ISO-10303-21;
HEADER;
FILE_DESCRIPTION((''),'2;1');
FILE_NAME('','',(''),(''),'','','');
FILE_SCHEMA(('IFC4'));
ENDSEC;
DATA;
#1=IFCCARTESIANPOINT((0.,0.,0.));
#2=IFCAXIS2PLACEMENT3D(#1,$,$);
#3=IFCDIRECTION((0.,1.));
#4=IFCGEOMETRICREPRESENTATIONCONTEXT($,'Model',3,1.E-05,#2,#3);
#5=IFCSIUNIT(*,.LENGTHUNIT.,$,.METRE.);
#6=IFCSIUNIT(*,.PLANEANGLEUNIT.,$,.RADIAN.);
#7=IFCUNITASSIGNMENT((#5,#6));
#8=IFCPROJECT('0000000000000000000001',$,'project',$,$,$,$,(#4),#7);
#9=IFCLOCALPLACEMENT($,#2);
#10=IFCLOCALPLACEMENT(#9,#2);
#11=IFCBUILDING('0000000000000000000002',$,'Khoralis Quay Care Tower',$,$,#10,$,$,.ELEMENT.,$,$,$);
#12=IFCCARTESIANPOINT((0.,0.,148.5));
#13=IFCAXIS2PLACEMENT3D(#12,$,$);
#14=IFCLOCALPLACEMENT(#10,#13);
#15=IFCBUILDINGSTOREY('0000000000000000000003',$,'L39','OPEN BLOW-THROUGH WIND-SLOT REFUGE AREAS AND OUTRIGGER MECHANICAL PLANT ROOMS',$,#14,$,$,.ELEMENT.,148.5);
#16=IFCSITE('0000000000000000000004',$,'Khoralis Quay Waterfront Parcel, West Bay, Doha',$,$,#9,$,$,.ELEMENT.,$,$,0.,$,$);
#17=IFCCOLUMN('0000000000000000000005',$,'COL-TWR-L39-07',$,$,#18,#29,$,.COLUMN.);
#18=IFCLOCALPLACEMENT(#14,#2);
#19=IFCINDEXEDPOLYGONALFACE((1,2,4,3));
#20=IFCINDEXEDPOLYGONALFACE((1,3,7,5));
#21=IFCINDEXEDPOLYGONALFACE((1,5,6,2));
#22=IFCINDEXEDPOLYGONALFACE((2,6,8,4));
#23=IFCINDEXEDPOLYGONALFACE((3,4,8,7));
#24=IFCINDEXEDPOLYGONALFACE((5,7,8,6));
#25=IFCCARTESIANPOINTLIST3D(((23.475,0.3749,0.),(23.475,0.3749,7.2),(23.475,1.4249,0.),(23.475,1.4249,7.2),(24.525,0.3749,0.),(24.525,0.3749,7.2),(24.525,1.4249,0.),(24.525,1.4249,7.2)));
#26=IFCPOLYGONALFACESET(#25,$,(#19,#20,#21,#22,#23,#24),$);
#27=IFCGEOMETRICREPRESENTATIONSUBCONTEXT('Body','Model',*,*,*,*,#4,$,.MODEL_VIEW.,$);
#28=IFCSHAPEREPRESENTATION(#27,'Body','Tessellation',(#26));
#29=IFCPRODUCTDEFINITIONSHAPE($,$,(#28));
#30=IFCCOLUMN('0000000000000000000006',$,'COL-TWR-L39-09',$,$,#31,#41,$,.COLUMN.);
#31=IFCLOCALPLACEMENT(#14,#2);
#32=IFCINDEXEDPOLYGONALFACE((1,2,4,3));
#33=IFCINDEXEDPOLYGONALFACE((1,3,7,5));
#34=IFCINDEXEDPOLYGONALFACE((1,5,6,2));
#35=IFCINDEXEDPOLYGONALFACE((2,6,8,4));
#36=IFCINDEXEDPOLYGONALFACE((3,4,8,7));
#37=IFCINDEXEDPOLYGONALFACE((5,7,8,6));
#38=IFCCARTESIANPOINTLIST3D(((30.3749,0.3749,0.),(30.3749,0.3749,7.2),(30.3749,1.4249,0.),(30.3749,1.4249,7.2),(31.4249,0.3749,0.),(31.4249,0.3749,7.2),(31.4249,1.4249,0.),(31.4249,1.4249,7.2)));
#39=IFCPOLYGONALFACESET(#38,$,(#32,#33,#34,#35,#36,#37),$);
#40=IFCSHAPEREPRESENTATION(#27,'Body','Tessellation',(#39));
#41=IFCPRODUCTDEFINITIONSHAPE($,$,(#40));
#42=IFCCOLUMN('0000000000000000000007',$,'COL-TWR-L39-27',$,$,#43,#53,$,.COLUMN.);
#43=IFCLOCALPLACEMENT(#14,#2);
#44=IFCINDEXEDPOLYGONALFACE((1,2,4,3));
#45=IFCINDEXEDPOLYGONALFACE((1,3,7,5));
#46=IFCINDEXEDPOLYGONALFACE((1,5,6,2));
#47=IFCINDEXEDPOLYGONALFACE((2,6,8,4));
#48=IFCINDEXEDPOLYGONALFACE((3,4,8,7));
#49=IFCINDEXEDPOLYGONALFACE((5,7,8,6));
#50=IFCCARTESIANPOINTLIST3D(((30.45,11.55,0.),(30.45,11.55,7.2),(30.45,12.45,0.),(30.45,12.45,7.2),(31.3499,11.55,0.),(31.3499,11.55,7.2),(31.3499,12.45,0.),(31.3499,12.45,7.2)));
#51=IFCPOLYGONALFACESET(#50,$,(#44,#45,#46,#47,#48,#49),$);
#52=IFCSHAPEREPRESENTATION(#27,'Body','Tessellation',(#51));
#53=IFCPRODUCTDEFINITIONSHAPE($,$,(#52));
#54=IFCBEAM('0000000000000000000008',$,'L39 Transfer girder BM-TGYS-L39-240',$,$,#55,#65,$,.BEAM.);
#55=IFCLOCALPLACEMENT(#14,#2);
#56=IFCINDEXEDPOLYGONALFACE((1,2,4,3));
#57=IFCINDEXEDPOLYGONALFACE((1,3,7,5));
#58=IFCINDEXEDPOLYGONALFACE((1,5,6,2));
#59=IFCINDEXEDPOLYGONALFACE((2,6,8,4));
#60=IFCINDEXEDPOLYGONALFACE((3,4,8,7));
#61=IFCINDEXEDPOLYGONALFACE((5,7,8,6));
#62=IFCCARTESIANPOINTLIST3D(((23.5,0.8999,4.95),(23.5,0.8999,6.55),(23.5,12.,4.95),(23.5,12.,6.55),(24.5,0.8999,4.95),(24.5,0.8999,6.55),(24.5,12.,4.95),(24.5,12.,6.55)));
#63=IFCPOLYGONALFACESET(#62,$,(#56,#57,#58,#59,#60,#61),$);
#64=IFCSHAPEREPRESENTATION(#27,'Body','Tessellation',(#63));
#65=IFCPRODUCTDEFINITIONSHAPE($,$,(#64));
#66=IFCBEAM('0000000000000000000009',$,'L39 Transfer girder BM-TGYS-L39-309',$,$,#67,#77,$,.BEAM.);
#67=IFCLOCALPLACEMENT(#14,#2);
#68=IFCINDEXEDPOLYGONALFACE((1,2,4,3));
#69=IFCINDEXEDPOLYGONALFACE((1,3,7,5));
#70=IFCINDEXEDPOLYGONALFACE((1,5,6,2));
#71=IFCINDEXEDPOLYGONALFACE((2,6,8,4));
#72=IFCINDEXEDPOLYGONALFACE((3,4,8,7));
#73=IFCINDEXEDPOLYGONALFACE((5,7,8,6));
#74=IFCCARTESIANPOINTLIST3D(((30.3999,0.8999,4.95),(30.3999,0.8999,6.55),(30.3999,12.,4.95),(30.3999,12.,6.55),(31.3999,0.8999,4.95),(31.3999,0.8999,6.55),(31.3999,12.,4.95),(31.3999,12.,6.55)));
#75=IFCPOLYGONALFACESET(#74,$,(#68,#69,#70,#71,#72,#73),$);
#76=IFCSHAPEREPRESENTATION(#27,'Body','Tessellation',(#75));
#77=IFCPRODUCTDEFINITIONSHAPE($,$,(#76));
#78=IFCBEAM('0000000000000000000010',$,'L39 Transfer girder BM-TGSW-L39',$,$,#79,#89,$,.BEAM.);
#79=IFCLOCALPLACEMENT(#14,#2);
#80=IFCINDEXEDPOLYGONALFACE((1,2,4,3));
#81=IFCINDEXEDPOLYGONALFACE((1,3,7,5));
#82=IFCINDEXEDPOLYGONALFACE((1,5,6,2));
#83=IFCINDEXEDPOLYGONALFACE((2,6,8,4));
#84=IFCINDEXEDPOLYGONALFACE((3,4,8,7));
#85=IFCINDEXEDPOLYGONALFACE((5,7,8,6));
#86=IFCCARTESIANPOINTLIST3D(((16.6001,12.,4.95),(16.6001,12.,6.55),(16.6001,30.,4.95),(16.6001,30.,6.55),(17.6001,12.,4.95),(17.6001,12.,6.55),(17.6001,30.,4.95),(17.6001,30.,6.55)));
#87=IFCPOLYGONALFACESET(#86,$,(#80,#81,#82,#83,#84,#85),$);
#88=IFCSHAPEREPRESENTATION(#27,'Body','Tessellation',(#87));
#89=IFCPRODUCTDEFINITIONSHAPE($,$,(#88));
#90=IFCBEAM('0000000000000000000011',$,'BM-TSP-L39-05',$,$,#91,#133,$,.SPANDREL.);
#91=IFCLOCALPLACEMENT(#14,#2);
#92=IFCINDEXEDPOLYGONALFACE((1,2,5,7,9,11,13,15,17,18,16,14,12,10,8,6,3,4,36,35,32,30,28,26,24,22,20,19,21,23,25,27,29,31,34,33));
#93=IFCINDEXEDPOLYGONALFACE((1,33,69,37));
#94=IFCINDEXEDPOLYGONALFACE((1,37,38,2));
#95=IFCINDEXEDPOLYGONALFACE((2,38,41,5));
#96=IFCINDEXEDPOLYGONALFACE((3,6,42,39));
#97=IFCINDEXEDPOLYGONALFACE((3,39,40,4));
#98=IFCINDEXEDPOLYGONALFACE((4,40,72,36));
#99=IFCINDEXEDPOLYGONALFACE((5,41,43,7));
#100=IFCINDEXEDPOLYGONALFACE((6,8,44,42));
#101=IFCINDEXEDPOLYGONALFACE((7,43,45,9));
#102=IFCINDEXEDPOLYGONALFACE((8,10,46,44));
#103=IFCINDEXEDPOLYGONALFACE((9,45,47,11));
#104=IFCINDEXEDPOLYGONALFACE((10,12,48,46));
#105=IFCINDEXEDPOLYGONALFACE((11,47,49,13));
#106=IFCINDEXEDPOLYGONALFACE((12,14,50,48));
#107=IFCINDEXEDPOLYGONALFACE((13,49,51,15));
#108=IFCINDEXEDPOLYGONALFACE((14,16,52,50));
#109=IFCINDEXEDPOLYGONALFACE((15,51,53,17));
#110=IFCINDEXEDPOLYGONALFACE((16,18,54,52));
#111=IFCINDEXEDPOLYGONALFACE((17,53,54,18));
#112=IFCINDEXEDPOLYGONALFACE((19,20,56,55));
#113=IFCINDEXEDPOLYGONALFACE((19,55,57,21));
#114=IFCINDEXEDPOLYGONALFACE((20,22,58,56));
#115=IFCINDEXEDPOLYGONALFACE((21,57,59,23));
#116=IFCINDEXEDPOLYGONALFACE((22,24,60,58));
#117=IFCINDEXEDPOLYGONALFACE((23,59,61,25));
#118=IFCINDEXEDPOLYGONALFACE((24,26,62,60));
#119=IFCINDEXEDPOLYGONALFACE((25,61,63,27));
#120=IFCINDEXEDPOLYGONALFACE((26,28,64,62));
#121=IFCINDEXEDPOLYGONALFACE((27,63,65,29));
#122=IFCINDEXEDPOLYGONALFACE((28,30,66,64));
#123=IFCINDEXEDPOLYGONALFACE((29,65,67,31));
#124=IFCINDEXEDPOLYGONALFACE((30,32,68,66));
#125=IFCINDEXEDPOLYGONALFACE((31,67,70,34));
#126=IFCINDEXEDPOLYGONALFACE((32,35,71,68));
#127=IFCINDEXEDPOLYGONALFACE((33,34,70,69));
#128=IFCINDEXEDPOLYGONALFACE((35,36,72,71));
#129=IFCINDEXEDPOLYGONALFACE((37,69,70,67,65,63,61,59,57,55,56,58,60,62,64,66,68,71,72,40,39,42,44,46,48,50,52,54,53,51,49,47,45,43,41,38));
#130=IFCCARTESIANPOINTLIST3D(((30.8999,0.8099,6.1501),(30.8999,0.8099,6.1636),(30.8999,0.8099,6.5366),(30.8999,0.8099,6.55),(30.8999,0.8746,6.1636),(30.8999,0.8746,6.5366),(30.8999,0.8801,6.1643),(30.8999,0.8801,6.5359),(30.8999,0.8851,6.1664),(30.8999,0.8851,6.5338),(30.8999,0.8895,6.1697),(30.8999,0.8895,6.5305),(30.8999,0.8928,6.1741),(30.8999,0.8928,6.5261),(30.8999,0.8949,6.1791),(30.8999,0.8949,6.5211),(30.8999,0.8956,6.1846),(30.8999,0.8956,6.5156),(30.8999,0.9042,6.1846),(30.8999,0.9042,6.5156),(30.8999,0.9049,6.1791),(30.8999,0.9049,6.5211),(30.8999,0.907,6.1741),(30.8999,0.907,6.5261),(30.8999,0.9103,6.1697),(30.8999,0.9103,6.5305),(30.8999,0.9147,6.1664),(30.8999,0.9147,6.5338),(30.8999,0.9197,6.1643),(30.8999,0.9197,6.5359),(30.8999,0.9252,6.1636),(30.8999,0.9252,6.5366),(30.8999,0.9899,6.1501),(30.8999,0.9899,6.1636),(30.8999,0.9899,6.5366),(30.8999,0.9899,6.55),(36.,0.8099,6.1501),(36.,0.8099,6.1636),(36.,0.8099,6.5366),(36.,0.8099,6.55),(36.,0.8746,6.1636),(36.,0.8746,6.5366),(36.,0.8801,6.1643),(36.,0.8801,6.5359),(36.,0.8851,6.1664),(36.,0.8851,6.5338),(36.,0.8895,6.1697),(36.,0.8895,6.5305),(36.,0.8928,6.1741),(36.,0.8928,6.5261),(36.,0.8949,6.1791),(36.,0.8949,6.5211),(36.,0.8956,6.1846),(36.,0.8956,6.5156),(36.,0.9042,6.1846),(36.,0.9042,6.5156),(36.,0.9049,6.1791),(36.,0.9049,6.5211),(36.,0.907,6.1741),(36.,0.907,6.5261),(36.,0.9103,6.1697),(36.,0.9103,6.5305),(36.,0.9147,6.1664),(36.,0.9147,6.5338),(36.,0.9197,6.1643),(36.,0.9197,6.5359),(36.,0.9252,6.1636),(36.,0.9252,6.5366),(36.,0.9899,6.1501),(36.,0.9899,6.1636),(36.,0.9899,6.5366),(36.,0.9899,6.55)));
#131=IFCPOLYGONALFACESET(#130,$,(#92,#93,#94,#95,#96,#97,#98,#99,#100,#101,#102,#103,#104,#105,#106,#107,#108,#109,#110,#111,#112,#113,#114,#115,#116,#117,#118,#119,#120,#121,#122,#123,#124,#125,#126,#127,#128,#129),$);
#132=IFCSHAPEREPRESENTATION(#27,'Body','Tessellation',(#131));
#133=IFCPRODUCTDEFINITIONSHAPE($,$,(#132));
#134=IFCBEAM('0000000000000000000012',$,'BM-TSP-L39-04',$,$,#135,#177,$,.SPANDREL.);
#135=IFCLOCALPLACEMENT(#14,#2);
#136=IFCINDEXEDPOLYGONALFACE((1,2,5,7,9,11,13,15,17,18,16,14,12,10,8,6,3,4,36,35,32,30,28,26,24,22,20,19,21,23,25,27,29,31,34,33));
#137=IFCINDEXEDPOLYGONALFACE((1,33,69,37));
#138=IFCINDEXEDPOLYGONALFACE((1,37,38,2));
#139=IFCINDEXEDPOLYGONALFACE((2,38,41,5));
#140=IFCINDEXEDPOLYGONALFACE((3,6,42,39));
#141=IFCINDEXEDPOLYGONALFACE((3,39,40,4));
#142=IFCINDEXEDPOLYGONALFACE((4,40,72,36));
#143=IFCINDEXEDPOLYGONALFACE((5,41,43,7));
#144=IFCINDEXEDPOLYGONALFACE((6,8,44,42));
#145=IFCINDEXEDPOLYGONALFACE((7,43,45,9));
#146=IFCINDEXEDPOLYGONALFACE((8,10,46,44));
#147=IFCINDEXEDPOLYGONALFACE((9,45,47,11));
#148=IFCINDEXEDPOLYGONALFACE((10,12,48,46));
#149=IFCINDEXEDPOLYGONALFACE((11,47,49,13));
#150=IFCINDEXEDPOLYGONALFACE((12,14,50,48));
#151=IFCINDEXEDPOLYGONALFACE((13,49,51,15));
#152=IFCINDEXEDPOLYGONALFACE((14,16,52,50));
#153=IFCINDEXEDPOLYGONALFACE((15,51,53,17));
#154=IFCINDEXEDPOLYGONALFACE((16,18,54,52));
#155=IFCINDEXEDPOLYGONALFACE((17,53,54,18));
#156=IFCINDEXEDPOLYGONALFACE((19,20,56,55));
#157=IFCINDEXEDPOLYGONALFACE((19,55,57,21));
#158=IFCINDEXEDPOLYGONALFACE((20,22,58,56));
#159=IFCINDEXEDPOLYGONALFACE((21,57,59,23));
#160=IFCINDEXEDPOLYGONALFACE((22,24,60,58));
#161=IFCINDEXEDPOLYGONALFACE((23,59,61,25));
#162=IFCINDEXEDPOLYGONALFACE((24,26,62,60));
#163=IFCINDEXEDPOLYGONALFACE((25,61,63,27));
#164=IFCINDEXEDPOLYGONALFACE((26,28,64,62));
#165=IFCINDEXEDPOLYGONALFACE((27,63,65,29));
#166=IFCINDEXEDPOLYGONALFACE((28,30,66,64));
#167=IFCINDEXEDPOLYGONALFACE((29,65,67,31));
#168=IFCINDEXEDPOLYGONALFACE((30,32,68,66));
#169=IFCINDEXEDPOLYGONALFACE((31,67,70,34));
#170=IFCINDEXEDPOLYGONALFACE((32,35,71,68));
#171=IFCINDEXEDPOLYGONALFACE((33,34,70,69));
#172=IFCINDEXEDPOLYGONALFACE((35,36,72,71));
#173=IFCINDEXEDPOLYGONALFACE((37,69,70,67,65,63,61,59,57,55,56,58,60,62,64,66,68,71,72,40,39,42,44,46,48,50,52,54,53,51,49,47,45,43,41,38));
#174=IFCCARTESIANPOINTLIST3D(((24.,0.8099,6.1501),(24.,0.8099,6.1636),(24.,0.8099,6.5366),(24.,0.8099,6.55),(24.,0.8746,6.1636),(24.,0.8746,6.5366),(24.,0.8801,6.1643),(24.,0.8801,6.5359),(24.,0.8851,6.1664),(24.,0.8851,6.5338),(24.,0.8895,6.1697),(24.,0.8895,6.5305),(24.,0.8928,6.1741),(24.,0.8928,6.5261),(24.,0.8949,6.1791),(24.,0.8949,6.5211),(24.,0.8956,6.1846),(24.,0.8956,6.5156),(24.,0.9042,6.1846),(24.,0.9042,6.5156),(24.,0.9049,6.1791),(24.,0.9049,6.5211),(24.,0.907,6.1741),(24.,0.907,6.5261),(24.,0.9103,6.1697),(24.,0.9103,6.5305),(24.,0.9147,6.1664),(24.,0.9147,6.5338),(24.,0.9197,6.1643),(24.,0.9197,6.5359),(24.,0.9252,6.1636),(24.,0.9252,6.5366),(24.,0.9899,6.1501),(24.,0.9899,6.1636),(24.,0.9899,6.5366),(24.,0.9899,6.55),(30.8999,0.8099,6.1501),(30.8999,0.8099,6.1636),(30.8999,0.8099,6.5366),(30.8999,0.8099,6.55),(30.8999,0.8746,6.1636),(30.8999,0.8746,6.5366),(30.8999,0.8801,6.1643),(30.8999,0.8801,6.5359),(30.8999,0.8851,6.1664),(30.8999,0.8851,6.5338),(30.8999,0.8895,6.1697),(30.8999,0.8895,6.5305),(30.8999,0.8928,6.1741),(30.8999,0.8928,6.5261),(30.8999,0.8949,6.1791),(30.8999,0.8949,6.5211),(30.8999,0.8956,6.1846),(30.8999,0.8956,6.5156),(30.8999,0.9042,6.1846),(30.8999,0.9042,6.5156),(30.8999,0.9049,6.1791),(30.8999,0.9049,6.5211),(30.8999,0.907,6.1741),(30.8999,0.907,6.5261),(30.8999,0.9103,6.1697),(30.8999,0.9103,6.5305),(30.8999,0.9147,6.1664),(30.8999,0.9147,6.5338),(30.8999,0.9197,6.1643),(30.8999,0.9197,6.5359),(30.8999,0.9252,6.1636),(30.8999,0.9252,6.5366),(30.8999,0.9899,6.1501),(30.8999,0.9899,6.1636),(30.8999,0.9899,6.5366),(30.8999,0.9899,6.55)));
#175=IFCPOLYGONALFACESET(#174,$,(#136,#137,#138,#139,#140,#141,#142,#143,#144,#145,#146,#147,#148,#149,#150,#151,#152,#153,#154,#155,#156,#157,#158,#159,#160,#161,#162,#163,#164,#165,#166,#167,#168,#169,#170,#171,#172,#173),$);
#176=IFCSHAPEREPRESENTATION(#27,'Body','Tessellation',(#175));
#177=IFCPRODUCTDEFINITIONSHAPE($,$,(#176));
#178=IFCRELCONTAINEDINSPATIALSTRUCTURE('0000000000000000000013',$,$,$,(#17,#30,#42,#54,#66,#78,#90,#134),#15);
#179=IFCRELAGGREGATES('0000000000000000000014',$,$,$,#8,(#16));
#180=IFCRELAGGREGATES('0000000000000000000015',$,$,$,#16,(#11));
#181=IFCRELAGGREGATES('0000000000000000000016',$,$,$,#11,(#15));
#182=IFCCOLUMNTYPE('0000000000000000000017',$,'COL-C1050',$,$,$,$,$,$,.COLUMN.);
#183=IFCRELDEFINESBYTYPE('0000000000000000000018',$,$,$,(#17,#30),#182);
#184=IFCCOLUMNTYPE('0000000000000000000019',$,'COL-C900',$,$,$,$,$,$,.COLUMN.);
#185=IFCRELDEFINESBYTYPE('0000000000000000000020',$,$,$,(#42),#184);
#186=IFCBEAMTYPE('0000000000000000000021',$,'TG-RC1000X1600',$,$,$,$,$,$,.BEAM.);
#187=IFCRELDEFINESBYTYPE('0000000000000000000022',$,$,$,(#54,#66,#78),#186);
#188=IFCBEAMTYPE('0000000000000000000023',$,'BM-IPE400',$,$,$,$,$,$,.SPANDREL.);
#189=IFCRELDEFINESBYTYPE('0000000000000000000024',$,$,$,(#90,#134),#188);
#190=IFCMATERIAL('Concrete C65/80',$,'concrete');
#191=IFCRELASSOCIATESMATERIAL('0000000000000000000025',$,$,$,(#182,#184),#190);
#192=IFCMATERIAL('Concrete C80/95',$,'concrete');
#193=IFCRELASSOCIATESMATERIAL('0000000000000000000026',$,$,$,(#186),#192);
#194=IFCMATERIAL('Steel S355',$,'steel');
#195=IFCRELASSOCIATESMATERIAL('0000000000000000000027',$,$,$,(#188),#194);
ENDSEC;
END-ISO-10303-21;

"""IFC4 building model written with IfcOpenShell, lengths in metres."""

from ifc_helpers import new_model, si_unit, direction, frame, origin, origin_2d, place, context, subcontext, project, spatial, rectangle, i_section, extrude, source, transform, mapped, material, material_profile, profile_set, type_object, element, save


model = new_model("IFC4")

# Units and contexts
model_context = context("Model", 3, precision=1e-05, world=origin(), true_north=direction((0.0, 1.0)))
body_context = subcontext(model_context, "Body", "Model", "MODEL_VIEW")
ifc_project = project(units=[si_unit("LENGTHUNIT", "METRE"), si_unit("PLANEANGLEUNIT", "RADIAN")], contexts=[model_context])

# Site, building, storey
site_placement = place(None, origin())
site = spatial("IfcSite", under=ifc_project, at=site_placement, Name="Khoralis Quay Waterfront Parcel, West Bay, Doha", CompositionType="ELEMENT", RefElevation=0.0)
building_placement = place(site_placement, origin())
building = spatial("IfcBuilding", under=site, at=building_placement, Name="Khoralis Quay Care Tower", CompositionType="ELEMENT")
storey_placement = place(building_placement, frame((0.0, 0.0, 148.5)))
storey = spatial("IfcBuildingStorey", under=building, at=storey_placement, Name="L39", Description="OPEN BLOW-THROUGH WIND-SLOT REFUGE AREAS AND OUTRIGGER MECHANICAL PLANT ROOMS", CompositionType="ELEMENT", Elevation=148.5)

# Columns
ifc_material_1 = material(Name="Concrete C65/80", Category="concrete")
ifc_material_profile_1 = material_profile(ifc_material_1, rectangle(XDim=1.05, YDim=1.05, at=origin_2d()), Name="Concrete C65/80")
ifc_profile_set_1 = profile_set([ifc_material_profile_1], Name="Concrete C65/80")
column_type_1 = type_object("IfcColumnType", Name="COL-C1050", PredefinedType="COLUMN", material=ifc_profile_set_1)
shared_shape_1 = source(origin(), body_context, "Body", "SweptSolid", [
    extrude(rectangle(XDim=1.05, YDim=1.05, at=origin_2d()), origin(), (0.0, 0.0, 1.0), 7.2),
])
for number, where, z_axis, x_axis, name in (
    (1, (24.0, 0.8999, 0.0), (0.0, 0.0, 1.0), (1.0, 0.0, 0.0), "COL-TWR-L39-07"),
    (2, (30.8999, 0.8999, 0.0), (0.0, 0.0, 1.0), (1.0, 0.0, 0.0), "COL-TWR-L39-09"),
):
    element("IfcColumn", number, at=place(storey_placement, frame(where, z_axis=z_axis, x_axis=x_axis)), inside=storey, type_object=column_type_1, Name=name, PredefinedType="COLUMN", context=body_context, shape_type="MappedRepresentation", body=[
        mapped(shared_shape_1, transform((0.0, 0.0, 0.0), scale=1.0)),
    ])
ifc_material_profile_2 = material_profile(ifc_material_1, rectangle(XDim=0.8999, YDim=0.8999, at=origin_2d()), Name="Concrete C65/80")
ifc_profile_set_2 = profile_set([ifc_material_profile_2], Name="Concrete C65/80")
column_type_2 = type_object("IfcColumnType", Name="COL-C900", PredefinedType="COLUMN", material=ifc_profile_set_2)
shared_shape_2 = source(origin(), body_context, "Body", "SweptSolid", [
    extrude(rectangle(XDim=0.8999, YDim=0.8999, at=origin_2d()), origin(), (0.0, 0.0, 1.0), 7.2),
])
column_placement = place(storey_placement, frame((30.8999, 12.0, 0.0), z_axis=(0.0, 0.0, 1.0), x_axis=(1.0, 0.0, 0.0)))
element("IfcColumn", 3, at=column_placement, inside=storey, type_object=column_type_2, Name="COL-TWR-L39-27", PredefinedType="COLUMN", context=body_context, shape_type="MappedRepresentation", body=[
    mapped(shared_shape_2, transform((0.0, 0.0, 0.0), scale=1.0)),
])

# Beams
ifc_material_2 = material(Name="Concrete C80/95", Category="concrete")
ifc_material_profile_3 = material_profile(ifc_material_2, rectangle(XDim=1.0, YDim=1.6001, at=origin_2d()), Name="Concrete C80/95")
ifc_profile_set_3 = profile_set([ifc_material_profile_3], Name="Concrete C80/95")
beam_type_1 = type_object("IfcBeamType", Name="TG-RC1000X1600", PredefinedType="BEAM", material=ifc_profile_set_3)
shared_shape_3 = source(origin(), body_context, "Body", "SweptSolid", [
    extrude(rectangle(XDim=1.0, YDim=1.6001, at=origin_2d()), origin(), (0.0, 0.0, 1.0), 11.1001),
])
for number, where, z_axis, x_axis, name in (
    (4, (24.0, 0.8999, 5.75), (0.0, 1.0, 0.0), (-1.0, 0.0, 0.0), "L39 Transfer girder BM-TGYS-L39-240"),
    (5, (30.8999, 0.8999, 5.75), (0.0, 1.0, 0.0), (-1.0, 0.0, 0.0), "L39 Transfer girder BM-TGYS-L39-309"),
):
    element("IfcBeam", number, at=place(storey_placement, frame(where, z_axis=z_axis, x_axis=x_axis)), inside=storey, type_object=beam_type_1, Name=name, PredefinedType="BEAM", context=body_context, shape_type="MappedRepresentation", body=[
        mapped(shared_shape_3, transform((0.0, 0.0, 0.0), scale=1.0)),
    ])
shared_shape_4 = source(origin(), body_context, "Body", "SweptSolid", [
    extrude(rectangle(XDim=1.0, YDim=1.6001, at=origin_2d()), origin(), (0.0, 0.0, 1.0), 18.0),
])
beam_1_placement = place(storey_placement, frame((17.1001, 12.0, 5.75), z_axis=(0.0, 1.0, 0.0), x_axis=(-1.0, 0.0, 0.0)))
element("IfcBeam", 6, at=beam_1_placement, inside=storey, type_object=beam_type_1, Name="L39 Transfer girder BM-TGSW-L39", PredefinedType="BEAM", context=body_context, shape_type="MappedRepresentation", body=[
    mapped(shared_shape_4, transform((0.0, 0.0, 0.0), scale=1.0)),
])
ifc_material_3 = material(Name="Steel S355", Category="steel")
ifc_material_profile_4 = material_profile(ifc_material_3, i_section(OverallWidth=0.1799, OverallDepth=0.3999, WebThickness=0.0085, FlangeThickness=0.0134, FilletRadius=0.021, at=origin_2d()), Name="Steel S355")
ifc_profile_set_4 = profile_set([ifc_material_profile_4], Name="Steel S355")
beam_type_2 = type_object("IfcBeamType", Name="BM-IPE400", PredefinedType="SPANDREL", material=ifc_profile_set_4)
shared_shape_5 = source(origin(), body_context, "Body", "SweptSolid", [
    extrude(i_section(OverallWidth=0.1799, OverallDepth=0.3999, WebThickness=0.0085, FlangeThickness=0.0134, FilletRadius=0.021, at=origin_2d()), origin(), (0.0, 0.0, 1.0), 5.1001),
])
beam_2_placement = place(storey_placement, frame((30.8999, 0.8999, 6.3501), z_axis=(1.0, 0.0, 0.0), x_axis=(0.0, 1.0, 0.0)))
element("IfcBeam", 7, at=beam_2_placement, inside=storey, type_object=beam_type_2, Name="BM-TSP-L39-05", PredefinedType="SPANDREL", context=body_context, shape_type="MappedRepresentation", body=[
    mapped(shared_shape_5, transform((0.0, 0.0, 0.0), scale=1.0)),
])
shared_shape_6 = source(origin(), body_context, "Body", "SweptSolid", [
    extrude(i_section(OverallWidth=0.1799, OverallDepth=0.3999, WebThickness=0.0085, FlangeThickness=0.0134, FilletRadius=0.021, at=origin_2d()), origin(), (0.0, 0.0, 1.0), 6.8999),
])
beam_3_placement = place(storey_placement, frame((24.0, 0.8999, 6.3501), z_axis=(1.0, 0.0, 0.0), x_axis=(0.0, 1.0, 0.0)))
element("IfcBeam", 8, at=beam_3_placement, inside=storey, type_object=beam_type_2, Name="BM-TSP-L39-04", PredefinedType="SPANDREL", context=body_context, shape_type="MappedRepresentation", body=[
    mapped(shared_shape_6, transform((0.0, 0.0, 0.0), scale=1.0)),
])

save(model, "model.ifc")
